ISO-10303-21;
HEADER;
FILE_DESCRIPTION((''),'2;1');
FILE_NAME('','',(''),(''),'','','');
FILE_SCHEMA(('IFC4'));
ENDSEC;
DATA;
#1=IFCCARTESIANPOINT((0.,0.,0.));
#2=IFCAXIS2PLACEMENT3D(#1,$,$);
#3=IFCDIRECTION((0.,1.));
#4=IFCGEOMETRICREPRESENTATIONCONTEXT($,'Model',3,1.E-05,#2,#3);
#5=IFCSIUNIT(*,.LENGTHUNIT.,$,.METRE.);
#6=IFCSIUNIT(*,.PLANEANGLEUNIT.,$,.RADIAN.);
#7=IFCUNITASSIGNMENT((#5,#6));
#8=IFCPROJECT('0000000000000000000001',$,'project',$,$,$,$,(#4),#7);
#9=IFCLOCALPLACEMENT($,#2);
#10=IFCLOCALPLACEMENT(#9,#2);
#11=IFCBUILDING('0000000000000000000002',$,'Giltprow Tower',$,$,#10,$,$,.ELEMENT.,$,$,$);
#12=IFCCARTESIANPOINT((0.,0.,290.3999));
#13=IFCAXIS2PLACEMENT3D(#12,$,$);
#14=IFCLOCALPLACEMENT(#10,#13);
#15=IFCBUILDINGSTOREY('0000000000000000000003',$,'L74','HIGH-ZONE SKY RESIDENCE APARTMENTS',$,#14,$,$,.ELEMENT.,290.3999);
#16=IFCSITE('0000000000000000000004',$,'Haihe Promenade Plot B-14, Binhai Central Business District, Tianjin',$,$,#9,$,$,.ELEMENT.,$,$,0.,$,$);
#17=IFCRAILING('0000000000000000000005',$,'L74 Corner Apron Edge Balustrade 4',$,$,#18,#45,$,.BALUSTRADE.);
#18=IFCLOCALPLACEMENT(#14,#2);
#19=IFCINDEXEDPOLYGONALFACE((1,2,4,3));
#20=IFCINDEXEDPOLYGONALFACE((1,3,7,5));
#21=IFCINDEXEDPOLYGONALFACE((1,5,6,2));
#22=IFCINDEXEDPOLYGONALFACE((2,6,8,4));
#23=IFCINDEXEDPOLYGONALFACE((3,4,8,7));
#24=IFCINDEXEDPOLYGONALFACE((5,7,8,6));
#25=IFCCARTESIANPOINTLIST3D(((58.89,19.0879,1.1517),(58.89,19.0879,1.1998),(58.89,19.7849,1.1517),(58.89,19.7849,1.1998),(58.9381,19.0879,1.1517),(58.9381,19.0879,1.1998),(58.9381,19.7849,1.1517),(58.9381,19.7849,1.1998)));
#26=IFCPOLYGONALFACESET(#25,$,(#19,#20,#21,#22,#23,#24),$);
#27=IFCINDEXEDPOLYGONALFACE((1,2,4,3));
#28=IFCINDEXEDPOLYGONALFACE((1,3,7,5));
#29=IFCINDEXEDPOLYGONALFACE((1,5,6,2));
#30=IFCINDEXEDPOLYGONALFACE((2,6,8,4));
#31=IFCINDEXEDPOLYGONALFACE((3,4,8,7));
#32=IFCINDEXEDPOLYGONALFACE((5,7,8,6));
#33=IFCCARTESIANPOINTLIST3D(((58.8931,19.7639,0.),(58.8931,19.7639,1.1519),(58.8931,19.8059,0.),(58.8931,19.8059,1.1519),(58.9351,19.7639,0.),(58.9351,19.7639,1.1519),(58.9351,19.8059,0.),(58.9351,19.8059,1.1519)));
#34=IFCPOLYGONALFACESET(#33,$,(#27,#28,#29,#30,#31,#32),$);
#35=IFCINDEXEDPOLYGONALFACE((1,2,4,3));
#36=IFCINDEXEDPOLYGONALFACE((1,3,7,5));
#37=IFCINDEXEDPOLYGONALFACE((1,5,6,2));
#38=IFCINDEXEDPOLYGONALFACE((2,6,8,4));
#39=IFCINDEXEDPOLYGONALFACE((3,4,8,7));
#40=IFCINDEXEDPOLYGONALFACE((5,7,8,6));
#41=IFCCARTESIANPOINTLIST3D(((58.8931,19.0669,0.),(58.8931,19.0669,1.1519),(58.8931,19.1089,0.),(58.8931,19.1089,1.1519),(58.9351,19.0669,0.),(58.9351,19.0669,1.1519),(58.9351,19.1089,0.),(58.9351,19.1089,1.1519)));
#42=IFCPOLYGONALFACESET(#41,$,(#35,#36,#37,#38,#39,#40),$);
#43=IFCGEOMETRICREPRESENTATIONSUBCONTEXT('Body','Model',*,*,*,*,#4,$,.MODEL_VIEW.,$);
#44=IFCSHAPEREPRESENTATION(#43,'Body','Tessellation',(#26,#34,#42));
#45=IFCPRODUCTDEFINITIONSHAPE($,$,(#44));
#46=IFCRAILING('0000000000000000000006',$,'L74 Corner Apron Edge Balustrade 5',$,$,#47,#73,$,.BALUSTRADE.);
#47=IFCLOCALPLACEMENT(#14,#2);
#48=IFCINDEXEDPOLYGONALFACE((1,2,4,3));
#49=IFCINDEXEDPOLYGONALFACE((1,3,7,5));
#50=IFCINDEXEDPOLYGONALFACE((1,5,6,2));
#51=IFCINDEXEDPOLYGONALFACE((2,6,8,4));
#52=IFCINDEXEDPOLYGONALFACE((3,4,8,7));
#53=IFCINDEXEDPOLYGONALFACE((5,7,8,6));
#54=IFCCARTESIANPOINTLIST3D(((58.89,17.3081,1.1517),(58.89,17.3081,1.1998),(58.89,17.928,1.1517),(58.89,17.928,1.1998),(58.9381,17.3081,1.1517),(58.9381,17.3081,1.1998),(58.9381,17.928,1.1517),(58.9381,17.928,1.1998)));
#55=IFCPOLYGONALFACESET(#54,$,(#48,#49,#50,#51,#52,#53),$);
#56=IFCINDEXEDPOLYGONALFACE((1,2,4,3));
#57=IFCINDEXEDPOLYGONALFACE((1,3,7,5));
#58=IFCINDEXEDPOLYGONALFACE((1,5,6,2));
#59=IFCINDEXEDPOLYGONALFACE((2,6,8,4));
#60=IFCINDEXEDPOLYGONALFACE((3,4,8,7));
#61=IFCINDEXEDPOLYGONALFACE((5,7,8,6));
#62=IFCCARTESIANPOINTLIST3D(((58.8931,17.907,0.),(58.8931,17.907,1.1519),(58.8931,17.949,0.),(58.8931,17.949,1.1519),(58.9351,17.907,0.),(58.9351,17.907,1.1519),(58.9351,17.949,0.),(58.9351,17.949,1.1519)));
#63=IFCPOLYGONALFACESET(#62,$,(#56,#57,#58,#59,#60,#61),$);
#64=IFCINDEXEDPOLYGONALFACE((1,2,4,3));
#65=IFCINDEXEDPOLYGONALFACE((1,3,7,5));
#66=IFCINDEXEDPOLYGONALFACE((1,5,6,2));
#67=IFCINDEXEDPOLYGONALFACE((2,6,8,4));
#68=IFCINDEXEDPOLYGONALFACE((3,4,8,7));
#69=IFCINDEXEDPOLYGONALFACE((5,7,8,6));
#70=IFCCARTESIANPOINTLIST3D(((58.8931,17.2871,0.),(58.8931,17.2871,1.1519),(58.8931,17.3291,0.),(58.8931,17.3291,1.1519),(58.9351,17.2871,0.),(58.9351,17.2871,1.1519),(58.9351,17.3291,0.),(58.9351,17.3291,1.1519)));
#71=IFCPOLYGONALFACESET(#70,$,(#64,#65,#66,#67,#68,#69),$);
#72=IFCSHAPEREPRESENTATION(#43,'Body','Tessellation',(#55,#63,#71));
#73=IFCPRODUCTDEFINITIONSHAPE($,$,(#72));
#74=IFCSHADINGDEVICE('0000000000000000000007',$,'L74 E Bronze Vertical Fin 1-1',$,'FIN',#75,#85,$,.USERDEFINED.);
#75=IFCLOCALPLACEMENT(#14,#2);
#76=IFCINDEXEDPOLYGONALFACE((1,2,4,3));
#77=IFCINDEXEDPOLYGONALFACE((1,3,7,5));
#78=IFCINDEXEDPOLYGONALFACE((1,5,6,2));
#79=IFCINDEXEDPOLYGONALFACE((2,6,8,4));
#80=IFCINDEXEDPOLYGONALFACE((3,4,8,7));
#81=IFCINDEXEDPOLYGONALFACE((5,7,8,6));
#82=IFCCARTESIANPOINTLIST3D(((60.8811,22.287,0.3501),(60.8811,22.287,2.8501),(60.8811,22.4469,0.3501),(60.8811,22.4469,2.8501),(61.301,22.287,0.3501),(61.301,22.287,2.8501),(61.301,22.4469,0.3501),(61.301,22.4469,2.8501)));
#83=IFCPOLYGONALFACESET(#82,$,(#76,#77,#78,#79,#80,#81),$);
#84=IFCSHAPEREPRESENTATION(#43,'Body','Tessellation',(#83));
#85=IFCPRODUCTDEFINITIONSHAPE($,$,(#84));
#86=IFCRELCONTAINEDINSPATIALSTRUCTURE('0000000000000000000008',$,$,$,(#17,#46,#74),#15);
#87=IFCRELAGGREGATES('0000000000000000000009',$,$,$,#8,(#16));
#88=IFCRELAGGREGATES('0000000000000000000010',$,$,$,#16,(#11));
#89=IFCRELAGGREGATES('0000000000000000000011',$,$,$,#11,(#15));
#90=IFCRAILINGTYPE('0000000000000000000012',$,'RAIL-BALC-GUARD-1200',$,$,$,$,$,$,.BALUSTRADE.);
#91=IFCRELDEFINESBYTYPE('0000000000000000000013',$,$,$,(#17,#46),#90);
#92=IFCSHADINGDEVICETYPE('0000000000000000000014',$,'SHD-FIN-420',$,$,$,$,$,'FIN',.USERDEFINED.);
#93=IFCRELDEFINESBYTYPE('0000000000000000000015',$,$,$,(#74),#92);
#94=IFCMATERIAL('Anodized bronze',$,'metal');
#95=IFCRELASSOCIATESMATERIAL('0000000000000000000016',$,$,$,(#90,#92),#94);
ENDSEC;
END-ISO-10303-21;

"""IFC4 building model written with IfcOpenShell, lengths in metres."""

from ifc_helpers import new_model, si_unit, direction, frame, origin, origin_2d, place, context, subcontext, project, spatial, rectangle, extrude, source, transform, mapped, material, type_object, element, save


model = new_model("IFC4")

# Units and contexts
model_context = context("Model", 3, precision=1e-05, world=origin(), true_north=direction((0.0, 1.0)))
body_context = subcontext(model_context, "Body", "Model", "MODEL_VIEW")
ifc_project = project(units=[si_unit("LENGTHUNIT", "METRE"), si_unit("PLANEANGLEUNIT", "RADIAN")], contexts=[model_context])

# Site, building, storey
site_placement = place(None, origin())
site = spatial("IfcSite", under=ifc_project, at=site_placement, Name="Haihe Promenade Plot B-14, Binhai Central Business District, Tianjin", CompositionType="ELEMENT", RefElevation=0.0)
building_placement = place(site_placement, origin())
building = spatial("IfcBuilding", under=site, at=building_placement, Name="Giltprow Tower", CompositionType="ELEMENT")
storey_placement = place(building_placement, frame((0.0, 0.0, 290.3999)))
storey = spatial("IfcBuildingStorey", under=building, at=storey_placement, Name="L74", Description="HIGH-ZONE SKY RESIDENCE APARTMENTS", CompositionType="ELEMENT", Elevation=290.3999)

# Shared definitions
ifc_material_1 = material(Name="Anodized bronze", Category="metal")

# Railings
railing_type = type_object("IfcRailingType", Name="RAIL-BALC-GUARD-1200", PredefinedType="BALUSTRADE", material=ifc_material_1)
railing_1_placement = place(storey_placement, frame((58.9141, 19.7849, 0.0)))
element("IfcRailing", 1, at=railing_1_placement, inside=storey, type_object=railing_type, Name="L74 Corner Apron Edge Balustrade 4", PredefinedType="BALUSTRADE", context=body_context, shape_type="SweptSolid", body=[
    extrude(rectangle(XDim=0.0481, YDim=0.0481, at=origin_2d()), frame((0.0, 0.0, 1.1758), z_axis=(0.0, -1.0, 0.0), x_axis=(1.0, 0.0, 0.0)), (0.0, 0.0, 1.0), 0.697),
    extrude(rectangle(XDim=0.042, YDim=0.042, at=origin_2d()), origin(), (0.0, 0.0, 1.0), 1.1519),
    extrude(rectangle(XDim=0.042, YDim=0.042, at=origin_2d()), frame((0.0, -0.697, 0.0)), (0.0, 0.0, 1.0), 1.1519),
])
railing_2_placement = place(storey_placement, frame((58.9141, 17.928, 0.0)))
element("IfcRailing", 2, at=railing_2_placement, inside=storey, type_object=railing_type, Name="L74 Corner Apron Edge Balustrade 5", PredefinedType="BALUSTRADE", context=body_context, shape_type="SweptSolid", body=[
    extrude(rectangle(XDim=0.0481, YDim=0.0481, at=origin_2d()), frame((0.0, 0.0, 1.1758), z_axis=(0.0, -1.0, 0.0), x_axis=(1.0, 0.0, 0.0)), (0.0, 0.0, 1.0), 0.6199),
    extrude(rectangle(XDim=0.042, YDim=0.042, at=origin_2d()), origin(), (0.0, 0.0, 1.0), 1.1519),
    extrude(rectangle(XDim=0.042, YDim=0.042, at=origin_2d()), frame((0.0, -0.6199, 0.0)), (0.0, 0.0, 1.0), 1.1519),
])

# Shading device
shading_device_type = type_object("IfcShadingDeviceType", Name="SHD-FIN-420", ElementType="FIN", PredefinedType="USERDEFINED", material=ifc_material_1)
shared_shape_1 = source(origin(), body_context, "Body", "SweptSolid", [
    extrude(rectangle(XDim=0.4199, YDim=0.1599, at=origin_2d()), origin(), (0.0, 0.0, 1.0), 2.5),
])
shading_device_placement = place(storey_placement, frame((61.0911, 22.3669, 0.3501), z_axis=(0.0, 0.0, 1.0), x_axis=(1.0, 0.0, 0.0)))
element("IfcShadingDevice", 3, at=shading_device_placement, inside=storey, type_object=shading_device_type, Name="L74 E Bronze Vertical Fin 1-1", ObjectType="FIN", PredefinedType="USERDEFINED", context=body_context, shape_type="MappedRepresentation", body=[
    mapped(shared_shape_1, transform((0.0, 0.0, 0.0), x_axis=(1.0, 0.0, 0.0), y_axis=(0.0, 1.0, 0.0), z_axis=(0.0, 0.0, 1.0), scale=1.0)),
])

save(model, "model.ifc")
